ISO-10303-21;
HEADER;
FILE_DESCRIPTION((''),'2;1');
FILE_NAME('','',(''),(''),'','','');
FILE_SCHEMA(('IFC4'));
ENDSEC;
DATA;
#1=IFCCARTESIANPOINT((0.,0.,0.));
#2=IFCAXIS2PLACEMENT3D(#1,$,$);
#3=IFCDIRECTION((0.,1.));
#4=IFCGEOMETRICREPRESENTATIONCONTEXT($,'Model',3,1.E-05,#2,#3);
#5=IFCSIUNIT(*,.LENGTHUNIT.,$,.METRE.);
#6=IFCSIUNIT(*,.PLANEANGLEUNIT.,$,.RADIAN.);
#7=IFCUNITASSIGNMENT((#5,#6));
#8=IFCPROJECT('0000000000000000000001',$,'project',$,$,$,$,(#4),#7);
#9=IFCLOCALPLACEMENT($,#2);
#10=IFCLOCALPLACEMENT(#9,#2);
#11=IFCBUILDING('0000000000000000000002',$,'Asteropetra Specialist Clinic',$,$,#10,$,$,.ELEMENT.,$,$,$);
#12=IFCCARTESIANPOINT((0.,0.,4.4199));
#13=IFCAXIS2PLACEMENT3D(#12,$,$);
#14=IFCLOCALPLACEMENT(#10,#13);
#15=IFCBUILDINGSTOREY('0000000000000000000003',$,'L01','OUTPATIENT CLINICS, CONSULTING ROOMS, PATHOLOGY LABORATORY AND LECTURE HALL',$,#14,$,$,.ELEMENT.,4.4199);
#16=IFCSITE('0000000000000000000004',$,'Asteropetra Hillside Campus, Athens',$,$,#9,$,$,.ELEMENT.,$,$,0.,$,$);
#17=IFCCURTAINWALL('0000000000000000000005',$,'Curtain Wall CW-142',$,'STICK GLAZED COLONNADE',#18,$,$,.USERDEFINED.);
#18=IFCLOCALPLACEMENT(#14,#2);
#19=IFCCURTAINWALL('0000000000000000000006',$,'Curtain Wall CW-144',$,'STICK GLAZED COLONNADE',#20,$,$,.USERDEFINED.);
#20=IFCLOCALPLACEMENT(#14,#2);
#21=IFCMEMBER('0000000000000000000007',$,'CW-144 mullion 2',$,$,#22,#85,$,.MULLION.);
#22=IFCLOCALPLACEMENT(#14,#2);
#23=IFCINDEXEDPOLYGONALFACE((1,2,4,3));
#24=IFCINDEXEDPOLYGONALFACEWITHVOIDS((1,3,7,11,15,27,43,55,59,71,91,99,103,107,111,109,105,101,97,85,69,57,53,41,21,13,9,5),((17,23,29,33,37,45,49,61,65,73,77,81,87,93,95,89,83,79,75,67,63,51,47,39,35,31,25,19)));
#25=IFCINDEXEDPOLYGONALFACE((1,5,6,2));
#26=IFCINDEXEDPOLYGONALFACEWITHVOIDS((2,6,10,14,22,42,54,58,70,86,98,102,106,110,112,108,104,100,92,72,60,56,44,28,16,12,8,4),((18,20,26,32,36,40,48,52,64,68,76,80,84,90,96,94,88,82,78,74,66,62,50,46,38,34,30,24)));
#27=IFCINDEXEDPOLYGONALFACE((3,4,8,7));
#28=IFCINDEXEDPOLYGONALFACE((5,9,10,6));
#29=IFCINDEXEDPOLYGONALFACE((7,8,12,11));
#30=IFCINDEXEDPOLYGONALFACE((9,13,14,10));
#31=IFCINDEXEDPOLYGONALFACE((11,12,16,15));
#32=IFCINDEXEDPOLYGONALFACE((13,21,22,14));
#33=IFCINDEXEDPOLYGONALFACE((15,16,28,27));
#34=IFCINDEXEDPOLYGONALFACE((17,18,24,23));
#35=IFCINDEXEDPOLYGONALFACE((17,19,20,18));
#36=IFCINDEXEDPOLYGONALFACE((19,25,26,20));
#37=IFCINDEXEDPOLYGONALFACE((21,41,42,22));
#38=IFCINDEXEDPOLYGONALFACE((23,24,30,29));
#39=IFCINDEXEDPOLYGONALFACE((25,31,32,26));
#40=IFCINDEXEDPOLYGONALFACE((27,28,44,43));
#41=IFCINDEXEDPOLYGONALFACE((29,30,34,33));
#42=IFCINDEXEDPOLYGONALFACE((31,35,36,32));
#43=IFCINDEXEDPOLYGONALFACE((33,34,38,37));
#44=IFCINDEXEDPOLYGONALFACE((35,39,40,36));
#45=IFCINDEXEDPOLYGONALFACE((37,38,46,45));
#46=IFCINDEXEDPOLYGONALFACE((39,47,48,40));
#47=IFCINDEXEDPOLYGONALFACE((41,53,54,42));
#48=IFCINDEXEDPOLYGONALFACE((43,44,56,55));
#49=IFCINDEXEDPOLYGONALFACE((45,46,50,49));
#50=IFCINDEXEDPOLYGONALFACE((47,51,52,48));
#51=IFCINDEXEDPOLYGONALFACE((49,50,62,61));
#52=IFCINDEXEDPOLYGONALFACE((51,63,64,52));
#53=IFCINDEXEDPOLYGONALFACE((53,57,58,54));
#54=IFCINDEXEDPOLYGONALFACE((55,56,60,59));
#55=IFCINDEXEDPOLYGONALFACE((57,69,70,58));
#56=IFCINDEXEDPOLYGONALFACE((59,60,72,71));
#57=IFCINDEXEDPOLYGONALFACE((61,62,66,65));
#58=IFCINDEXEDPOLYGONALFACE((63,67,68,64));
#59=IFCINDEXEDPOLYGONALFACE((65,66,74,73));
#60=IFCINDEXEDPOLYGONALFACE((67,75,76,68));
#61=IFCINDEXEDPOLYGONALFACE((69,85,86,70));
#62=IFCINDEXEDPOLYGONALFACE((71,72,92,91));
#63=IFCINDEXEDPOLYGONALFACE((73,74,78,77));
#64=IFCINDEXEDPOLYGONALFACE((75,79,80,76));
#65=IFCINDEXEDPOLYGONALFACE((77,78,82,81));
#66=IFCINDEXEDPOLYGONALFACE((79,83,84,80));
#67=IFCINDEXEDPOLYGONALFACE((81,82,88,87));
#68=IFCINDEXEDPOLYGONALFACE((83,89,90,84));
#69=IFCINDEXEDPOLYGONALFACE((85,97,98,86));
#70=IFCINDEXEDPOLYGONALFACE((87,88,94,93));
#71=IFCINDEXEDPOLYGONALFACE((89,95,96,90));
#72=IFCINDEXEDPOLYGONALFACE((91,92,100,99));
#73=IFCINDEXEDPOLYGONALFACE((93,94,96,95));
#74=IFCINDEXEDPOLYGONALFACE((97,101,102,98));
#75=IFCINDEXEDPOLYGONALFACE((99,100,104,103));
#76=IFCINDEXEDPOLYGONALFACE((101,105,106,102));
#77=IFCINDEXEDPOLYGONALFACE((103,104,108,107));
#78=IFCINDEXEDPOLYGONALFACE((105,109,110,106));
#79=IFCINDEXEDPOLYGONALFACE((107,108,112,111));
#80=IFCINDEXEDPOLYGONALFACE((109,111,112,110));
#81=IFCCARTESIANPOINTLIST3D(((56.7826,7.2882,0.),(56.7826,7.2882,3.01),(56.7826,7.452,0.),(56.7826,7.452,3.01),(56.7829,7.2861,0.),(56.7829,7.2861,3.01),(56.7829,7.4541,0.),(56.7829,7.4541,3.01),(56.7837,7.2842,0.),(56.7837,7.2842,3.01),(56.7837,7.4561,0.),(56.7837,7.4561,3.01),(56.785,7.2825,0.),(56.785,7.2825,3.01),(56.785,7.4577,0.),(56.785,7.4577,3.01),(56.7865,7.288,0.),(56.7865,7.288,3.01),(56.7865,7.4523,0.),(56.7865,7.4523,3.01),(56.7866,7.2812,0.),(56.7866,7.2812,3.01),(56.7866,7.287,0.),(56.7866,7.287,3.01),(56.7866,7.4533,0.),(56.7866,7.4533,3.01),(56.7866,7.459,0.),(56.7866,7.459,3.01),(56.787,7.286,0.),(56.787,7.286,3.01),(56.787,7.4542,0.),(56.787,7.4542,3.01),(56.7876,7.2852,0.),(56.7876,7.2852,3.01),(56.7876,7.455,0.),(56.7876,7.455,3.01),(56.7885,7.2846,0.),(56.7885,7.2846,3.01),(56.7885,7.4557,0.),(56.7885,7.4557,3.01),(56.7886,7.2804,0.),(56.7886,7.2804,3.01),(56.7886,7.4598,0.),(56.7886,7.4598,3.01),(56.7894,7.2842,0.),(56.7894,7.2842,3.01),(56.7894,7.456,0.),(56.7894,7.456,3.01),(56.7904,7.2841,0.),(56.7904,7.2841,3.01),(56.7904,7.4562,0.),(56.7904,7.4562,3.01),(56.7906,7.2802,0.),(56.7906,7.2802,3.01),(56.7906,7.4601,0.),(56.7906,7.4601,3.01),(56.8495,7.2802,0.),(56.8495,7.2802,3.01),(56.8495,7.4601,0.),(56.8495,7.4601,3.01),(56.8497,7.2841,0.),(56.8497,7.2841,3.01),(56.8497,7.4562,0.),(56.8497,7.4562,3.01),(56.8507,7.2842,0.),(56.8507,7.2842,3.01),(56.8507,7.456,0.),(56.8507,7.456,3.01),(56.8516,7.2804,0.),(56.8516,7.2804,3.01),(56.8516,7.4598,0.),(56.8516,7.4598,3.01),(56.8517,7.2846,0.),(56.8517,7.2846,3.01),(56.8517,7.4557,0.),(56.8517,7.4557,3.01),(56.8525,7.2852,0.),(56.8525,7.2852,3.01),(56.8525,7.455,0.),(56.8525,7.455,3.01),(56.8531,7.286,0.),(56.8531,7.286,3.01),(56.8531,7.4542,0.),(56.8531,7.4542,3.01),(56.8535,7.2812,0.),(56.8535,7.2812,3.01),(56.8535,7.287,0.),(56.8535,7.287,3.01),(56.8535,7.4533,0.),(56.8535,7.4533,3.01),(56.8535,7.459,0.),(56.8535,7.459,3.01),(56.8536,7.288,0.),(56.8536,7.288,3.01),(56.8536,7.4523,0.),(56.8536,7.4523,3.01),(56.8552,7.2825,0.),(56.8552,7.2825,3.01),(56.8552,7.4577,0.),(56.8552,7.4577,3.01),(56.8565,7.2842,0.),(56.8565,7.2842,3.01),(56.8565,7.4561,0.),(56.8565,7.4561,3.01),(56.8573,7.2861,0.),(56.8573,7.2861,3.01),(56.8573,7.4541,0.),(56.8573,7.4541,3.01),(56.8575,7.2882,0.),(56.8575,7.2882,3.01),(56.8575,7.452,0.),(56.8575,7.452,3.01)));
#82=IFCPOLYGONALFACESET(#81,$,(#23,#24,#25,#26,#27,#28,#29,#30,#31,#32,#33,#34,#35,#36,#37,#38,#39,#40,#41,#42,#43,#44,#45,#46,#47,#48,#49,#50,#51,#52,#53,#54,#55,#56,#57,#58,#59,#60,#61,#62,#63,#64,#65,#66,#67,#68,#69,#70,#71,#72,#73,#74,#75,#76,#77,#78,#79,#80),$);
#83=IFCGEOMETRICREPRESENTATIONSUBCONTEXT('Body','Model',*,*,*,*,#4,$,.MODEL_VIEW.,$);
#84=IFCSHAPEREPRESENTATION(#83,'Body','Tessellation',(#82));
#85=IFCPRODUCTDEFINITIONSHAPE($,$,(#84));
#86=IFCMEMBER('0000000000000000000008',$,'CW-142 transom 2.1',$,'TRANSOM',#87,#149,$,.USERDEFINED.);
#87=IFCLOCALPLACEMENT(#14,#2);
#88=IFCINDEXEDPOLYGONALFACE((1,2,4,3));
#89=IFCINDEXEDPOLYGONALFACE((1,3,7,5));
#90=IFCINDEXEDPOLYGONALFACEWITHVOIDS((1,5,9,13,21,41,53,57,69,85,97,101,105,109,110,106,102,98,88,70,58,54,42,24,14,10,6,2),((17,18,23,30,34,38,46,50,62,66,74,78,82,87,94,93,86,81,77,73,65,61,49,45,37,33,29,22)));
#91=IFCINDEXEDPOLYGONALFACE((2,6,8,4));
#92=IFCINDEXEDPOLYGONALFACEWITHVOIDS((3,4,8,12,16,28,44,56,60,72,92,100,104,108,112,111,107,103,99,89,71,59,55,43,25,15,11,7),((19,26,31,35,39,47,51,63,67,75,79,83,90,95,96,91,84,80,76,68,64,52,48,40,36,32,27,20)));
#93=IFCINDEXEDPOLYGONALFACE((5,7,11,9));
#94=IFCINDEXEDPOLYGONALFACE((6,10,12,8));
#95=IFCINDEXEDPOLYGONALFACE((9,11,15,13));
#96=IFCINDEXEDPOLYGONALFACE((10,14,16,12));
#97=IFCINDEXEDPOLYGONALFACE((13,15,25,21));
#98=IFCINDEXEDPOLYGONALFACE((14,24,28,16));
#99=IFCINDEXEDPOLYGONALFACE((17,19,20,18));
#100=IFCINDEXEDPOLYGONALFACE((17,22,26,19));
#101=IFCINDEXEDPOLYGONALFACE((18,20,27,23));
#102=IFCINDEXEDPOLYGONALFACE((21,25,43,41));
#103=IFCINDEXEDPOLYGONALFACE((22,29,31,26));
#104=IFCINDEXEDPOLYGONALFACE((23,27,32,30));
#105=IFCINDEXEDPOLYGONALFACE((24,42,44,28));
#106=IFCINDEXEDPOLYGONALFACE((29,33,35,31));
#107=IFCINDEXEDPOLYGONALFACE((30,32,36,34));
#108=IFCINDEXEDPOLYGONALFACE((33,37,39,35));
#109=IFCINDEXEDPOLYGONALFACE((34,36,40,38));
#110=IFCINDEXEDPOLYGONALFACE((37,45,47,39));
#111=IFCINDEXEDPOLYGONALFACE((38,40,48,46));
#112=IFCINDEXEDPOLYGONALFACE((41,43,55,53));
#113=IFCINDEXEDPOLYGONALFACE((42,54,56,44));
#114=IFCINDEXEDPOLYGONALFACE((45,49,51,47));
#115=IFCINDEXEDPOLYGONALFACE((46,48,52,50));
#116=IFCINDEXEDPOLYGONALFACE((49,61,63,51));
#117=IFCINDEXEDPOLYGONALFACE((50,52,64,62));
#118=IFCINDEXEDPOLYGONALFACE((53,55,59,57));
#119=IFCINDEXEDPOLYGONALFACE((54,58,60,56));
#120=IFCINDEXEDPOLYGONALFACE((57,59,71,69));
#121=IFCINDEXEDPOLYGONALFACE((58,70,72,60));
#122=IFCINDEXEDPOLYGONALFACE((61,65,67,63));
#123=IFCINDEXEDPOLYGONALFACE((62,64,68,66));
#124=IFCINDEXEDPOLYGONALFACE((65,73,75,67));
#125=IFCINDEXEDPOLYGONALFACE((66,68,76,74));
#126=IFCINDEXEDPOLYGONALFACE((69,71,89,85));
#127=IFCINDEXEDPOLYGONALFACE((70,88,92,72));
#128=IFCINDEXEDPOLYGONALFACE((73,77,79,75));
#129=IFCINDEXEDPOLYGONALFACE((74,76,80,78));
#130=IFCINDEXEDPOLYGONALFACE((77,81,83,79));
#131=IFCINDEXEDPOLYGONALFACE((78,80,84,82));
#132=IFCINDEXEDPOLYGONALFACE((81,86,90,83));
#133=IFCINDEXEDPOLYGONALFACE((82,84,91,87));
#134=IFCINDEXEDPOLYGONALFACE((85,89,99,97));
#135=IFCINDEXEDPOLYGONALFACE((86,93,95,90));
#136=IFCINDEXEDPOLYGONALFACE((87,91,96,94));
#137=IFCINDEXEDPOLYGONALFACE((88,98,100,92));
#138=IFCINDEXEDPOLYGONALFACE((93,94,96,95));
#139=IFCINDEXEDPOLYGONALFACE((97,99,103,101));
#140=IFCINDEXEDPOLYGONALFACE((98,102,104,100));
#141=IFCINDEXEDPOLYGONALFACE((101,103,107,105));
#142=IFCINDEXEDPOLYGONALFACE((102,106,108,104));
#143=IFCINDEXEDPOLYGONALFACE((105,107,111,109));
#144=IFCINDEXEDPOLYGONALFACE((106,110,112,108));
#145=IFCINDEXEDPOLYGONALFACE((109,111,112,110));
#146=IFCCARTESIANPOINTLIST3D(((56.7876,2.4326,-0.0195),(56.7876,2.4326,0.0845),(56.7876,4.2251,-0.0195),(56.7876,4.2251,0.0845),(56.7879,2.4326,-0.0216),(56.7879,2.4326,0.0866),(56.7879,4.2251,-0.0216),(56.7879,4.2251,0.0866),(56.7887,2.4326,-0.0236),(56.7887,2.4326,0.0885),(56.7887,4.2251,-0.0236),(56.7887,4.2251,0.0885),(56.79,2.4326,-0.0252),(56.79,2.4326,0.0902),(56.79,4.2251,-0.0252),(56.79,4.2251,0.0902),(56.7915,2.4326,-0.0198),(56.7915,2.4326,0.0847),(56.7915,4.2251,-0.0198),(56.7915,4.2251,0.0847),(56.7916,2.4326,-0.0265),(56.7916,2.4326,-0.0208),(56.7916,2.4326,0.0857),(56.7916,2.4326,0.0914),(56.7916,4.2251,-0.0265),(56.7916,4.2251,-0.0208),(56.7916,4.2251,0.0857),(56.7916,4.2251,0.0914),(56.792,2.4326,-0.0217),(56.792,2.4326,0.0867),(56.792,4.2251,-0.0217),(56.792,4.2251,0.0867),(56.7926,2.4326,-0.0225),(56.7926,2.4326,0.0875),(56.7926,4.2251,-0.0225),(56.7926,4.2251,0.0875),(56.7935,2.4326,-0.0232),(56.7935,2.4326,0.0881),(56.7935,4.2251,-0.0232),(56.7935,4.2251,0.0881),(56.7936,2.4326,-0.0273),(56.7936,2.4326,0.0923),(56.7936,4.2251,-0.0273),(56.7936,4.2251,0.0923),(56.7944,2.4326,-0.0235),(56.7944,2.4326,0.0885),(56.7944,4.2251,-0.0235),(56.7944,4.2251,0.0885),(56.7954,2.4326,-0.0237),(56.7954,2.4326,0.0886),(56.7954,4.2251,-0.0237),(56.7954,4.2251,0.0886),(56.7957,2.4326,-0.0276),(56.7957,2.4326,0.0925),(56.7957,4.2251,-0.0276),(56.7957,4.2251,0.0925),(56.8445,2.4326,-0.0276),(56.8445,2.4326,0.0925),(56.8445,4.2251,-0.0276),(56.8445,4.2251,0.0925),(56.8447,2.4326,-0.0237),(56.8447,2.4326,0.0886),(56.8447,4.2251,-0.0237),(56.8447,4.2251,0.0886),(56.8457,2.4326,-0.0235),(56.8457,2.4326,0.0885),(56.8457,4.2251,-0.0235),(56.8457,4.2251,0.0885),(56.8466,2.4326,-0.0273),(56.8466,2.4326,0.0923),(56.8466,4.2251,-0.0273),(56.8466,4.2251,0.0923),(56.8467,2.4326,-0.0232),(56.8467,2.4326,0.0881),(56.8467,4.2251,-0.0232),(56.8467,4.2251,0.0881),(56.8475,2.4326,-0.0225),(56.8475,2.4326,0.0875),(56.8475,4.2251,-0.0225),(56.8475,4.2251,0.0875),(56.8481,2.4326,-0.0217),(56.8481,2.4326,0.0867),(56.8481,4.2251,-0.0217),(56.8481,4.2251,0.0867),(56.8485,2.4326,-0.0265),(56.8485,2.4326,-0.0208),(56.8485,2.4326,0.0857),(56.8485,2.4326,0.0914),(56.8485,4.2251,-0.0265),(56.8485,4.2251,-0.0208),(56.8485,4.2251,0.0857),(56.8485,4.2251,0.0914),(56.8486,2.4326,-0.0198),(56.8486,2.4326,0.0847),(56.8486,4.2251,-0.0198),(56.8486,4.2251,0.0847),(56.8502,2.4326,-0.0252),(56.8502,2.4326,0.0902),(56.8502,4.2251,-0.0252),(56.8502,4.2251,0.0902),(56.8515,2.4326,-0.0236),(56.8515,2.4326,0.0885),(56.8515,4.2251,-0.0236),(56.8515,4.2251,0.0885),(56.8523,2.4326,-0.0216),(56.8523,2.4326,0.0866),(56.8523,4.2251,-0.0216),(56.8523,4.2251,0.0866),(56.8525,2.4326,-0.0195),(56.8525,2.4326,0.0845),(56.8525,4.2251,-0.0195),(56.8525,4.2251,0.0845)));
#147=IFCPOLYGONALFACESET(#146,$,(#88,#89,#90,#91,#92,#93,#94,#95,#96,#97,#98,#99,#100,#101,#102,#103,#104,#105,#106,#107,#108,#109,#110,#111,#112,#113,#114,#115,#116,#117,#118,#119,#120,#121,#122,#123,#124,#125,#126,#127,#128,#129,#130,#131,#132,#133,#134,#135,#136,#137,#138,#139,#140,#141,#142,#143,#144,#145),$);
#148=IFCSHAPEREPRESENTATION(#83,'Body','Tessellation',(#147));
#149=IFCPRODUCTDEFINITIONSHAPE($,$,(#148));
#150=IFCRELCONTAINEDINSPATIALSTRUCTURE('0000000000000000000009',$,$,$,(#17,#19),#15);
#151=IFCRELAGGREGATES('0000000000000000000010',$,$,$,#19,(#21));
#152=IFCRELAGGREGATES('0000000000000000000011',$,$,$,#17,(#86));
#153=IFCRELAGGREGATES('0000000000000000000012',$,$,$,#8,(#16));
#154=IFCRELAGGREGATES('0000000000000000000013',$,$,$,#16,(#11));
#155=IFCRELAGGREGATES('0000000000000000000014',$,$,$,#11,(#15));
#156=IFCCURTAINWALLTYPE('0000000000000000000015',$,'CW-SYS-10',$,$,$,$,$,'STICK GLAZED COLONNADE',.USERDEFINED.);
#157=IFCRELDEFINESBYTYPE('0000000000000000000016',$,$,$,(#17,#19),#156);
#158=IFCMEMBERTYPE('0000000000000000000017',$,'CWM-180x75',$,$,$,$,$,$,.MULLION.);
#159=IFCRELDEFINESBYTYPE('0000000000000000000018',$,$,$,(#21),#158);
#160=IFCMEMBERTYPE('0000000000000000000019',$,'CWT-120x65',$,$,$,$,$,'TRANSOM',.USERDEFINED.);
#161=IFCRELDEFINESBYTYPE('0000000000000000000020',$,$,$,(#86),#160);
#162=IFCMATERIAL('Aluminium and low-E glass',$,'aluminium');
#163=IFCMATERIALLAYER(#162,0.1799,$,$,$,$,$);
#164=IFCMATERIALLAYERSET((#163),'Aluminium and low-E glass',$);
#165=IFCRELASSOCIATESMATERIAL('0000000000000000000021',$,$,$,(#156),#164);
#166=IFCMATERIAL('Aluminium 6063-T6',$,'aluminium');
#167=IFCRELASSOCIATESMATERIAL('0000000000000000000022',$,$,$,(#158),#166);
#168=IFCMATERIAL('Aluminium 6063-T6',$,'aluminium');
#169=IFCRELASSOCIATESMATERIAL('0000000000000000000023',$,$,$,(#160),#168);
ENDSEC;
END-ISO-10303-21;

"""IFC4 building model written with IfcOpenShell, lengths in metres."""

from ifc_helpers import new_model, si_unit, direction, frame, origin, origin_2d, place, context, subcontext, project, spatial, hollow_rectangle, extrude, material, layer, layer_set, material_profile, profile_set, type_object, element, aggregate, save


model = new_model("IFC4")

# Units and contexts
model_context = context("Model", 3, precision=1e-05, world=origin(), true_north=direction((0.0, 1.0)))
body_context = subcontext(model_context, "Body", "Model", "MODEL_VIEW")
ifc_project = project(units=[si_unit("LENGTHUNIT", "METRE"), si_unit("PLANEANGLEUNIT", "RADIAN")], contexts=[model_context])

# Site, building, storey
site_placement = place(None, origin())
site = spatial("IfcSite", under=ifc_project, at=site_placement, Name="Asteropetra Hillside Campus, Athens", CompositionType="ELEMENT", RefElevation=0.0)
building_placement = place(site_placement, origin())
building = spatial("IfcBuilding", under=site, at=building_placement, Name="Asteropetra Specialist Clinic", CompositionType="ELEMENT")
storey_placement = place(building_placement, frame((0.0, 0.0, 4.4199)))
storey = spatial("IfcBuildingStorey", under=building, at=storey_placement, Name="L01", Description="OUTPATIENT CLINICS, CONSULTING ROOMS, PATHOLOGY LABORATORY AND LECTURE HALL", CompositionType="ELEMENT", Elevation=4.4199)

# Curtain wall
ifc_material_1 = material(Name="Aluminium and low-E glass", Category="aluminium")
ifc_layer_1 = layer(ifc_material_1, 0.1799)
ifc_layer_set_1 = layer_set([ifc_layer_1], Name="Aluminium and low-E glass")
curtain_wall_type = type_object("IfcCurtainWallType", Name="CW-SYS-10", ElementType="STICK GLAZED COLONNADE", PredefinedType="USERDEFINED", material=ifc_layer_set_1)
curtain_wall_1_placement = place(storey_placement, origin())
curtain_wall_1 = element("IfcCurtainWall", 1, at=curtain_wall_1_placement, inside=storey, type_object=curtain_wall_type, Name="Curtain Wall CW-142", ObjectType="STICK GLAZED COLONNADE", PredefinedType="USERDEFINED")

# Curtain wall, member
curtain_wall_2_placement = place(storey_placement, origin())
curtain_wall_2 = element("IfcCurtainWall", 2, at=curtain_wall_2_placement, inside=storey, type_object=curtain_wall_type, Name="Curtain Wall CW-144", ObjectType="STICK GLAZED COLONNADE", PredefinedType="USERDEFINED")
ifc_material_2 = material(Name="Aluminium 6063-T6", Category="aluminium")
ifc_material_profile_1 = material_profile(ifc_material_2, hollow_rectangle(XDim=0.075, YDim=0.1799, WallThickness=0.0039, InnerFilletRadius=0.0039, OuterFilletRadius=0.0081, at=origin_2d()), Name="MUL 180x75x4.0")
ifc_profile_set_1 = profile_set([ifc_material_profile_1], Name="Aluminium 6063-T6")
member_type_1 = type_object("IfcMemberType", Name="CWM-180x75", PredefinedType="MULLION", material=ifc_profile_set_1)
member_1_placement = place(storey_placement, frame((56.8201, 7.3701, 0.0), z_axis=(0.0, 0.0, 1.0), x_axis=(-1.0, 0.0, 0.0)))
member_1 = element("IfcMember", 3, at=member_1_placement, type_object=member_type_1, Name="CW-144 mullion 2", PredefinedType="MULLION", context=body_context, shape_type="SweptSolid", body=[
    extrude(hollow_rectangle(XDim=0.075, YDim=0.1799, WallThickness=0.0039, InnerFilletRadius=0.0039, OuterFilletRadius=0.0081, at=origin_2d()), origin(), (0.0, 0.0, 1.0), 3.01),
])

# Member
ifc_material_3 = material(Name="Aluminium 6063-T6", Category="aluminium")
ifc_material_profile_2 = material_profile(ifc_material_3, hollow_rectangle(XDim=0.0649, YDim=0.1201, WallThickness=0.0039, InnerFilletRadius=0.0039, OuterFilletRadius=0.0081, at=origin_2d()), Name="TRN 120x65x4.0")
ifc_profile_set_2 = profile_set([ifc_material_profile_2], Name="Aluminium 6063-T6")
member_type_2 = type_object("IfcMemberType", Name="CWT-120x65", ElementType="TRANSOM", PredefinedType="USERDEFINED", material=ifc_profile_set_2)
member_2_placement = place(storey_placement, frame((56.8201, 2.4326, 0.0325), z_axis=(0.0, 1.0, 0.0), x_axis=(-1.0, 0.0, 0.0)))
member_2 = element("IfcMember", 4, at=member_2_placement, type_object=member_type_2, Name="CW-142 transom 2.1", ObjectType="TRANSOM", PredefinedType="USERDEFINED", context=body_context, shape_type="SweptSolid", body=[
    extrude(hollow_rectangle(XDim=0.0649, YDim=0.1201, WallThickness=0.0039, InnerFilletRadius=0.0039, OuterFilletRadius=0.0081, at=origin_2d()), origin(), (0.0, 0.0, 1.0), 1.7925),
])

aggregate(curtain_wall_2, [member_1])
aggregate(curtain_wall_1, [member_2])

save(model, "model.ifc")
